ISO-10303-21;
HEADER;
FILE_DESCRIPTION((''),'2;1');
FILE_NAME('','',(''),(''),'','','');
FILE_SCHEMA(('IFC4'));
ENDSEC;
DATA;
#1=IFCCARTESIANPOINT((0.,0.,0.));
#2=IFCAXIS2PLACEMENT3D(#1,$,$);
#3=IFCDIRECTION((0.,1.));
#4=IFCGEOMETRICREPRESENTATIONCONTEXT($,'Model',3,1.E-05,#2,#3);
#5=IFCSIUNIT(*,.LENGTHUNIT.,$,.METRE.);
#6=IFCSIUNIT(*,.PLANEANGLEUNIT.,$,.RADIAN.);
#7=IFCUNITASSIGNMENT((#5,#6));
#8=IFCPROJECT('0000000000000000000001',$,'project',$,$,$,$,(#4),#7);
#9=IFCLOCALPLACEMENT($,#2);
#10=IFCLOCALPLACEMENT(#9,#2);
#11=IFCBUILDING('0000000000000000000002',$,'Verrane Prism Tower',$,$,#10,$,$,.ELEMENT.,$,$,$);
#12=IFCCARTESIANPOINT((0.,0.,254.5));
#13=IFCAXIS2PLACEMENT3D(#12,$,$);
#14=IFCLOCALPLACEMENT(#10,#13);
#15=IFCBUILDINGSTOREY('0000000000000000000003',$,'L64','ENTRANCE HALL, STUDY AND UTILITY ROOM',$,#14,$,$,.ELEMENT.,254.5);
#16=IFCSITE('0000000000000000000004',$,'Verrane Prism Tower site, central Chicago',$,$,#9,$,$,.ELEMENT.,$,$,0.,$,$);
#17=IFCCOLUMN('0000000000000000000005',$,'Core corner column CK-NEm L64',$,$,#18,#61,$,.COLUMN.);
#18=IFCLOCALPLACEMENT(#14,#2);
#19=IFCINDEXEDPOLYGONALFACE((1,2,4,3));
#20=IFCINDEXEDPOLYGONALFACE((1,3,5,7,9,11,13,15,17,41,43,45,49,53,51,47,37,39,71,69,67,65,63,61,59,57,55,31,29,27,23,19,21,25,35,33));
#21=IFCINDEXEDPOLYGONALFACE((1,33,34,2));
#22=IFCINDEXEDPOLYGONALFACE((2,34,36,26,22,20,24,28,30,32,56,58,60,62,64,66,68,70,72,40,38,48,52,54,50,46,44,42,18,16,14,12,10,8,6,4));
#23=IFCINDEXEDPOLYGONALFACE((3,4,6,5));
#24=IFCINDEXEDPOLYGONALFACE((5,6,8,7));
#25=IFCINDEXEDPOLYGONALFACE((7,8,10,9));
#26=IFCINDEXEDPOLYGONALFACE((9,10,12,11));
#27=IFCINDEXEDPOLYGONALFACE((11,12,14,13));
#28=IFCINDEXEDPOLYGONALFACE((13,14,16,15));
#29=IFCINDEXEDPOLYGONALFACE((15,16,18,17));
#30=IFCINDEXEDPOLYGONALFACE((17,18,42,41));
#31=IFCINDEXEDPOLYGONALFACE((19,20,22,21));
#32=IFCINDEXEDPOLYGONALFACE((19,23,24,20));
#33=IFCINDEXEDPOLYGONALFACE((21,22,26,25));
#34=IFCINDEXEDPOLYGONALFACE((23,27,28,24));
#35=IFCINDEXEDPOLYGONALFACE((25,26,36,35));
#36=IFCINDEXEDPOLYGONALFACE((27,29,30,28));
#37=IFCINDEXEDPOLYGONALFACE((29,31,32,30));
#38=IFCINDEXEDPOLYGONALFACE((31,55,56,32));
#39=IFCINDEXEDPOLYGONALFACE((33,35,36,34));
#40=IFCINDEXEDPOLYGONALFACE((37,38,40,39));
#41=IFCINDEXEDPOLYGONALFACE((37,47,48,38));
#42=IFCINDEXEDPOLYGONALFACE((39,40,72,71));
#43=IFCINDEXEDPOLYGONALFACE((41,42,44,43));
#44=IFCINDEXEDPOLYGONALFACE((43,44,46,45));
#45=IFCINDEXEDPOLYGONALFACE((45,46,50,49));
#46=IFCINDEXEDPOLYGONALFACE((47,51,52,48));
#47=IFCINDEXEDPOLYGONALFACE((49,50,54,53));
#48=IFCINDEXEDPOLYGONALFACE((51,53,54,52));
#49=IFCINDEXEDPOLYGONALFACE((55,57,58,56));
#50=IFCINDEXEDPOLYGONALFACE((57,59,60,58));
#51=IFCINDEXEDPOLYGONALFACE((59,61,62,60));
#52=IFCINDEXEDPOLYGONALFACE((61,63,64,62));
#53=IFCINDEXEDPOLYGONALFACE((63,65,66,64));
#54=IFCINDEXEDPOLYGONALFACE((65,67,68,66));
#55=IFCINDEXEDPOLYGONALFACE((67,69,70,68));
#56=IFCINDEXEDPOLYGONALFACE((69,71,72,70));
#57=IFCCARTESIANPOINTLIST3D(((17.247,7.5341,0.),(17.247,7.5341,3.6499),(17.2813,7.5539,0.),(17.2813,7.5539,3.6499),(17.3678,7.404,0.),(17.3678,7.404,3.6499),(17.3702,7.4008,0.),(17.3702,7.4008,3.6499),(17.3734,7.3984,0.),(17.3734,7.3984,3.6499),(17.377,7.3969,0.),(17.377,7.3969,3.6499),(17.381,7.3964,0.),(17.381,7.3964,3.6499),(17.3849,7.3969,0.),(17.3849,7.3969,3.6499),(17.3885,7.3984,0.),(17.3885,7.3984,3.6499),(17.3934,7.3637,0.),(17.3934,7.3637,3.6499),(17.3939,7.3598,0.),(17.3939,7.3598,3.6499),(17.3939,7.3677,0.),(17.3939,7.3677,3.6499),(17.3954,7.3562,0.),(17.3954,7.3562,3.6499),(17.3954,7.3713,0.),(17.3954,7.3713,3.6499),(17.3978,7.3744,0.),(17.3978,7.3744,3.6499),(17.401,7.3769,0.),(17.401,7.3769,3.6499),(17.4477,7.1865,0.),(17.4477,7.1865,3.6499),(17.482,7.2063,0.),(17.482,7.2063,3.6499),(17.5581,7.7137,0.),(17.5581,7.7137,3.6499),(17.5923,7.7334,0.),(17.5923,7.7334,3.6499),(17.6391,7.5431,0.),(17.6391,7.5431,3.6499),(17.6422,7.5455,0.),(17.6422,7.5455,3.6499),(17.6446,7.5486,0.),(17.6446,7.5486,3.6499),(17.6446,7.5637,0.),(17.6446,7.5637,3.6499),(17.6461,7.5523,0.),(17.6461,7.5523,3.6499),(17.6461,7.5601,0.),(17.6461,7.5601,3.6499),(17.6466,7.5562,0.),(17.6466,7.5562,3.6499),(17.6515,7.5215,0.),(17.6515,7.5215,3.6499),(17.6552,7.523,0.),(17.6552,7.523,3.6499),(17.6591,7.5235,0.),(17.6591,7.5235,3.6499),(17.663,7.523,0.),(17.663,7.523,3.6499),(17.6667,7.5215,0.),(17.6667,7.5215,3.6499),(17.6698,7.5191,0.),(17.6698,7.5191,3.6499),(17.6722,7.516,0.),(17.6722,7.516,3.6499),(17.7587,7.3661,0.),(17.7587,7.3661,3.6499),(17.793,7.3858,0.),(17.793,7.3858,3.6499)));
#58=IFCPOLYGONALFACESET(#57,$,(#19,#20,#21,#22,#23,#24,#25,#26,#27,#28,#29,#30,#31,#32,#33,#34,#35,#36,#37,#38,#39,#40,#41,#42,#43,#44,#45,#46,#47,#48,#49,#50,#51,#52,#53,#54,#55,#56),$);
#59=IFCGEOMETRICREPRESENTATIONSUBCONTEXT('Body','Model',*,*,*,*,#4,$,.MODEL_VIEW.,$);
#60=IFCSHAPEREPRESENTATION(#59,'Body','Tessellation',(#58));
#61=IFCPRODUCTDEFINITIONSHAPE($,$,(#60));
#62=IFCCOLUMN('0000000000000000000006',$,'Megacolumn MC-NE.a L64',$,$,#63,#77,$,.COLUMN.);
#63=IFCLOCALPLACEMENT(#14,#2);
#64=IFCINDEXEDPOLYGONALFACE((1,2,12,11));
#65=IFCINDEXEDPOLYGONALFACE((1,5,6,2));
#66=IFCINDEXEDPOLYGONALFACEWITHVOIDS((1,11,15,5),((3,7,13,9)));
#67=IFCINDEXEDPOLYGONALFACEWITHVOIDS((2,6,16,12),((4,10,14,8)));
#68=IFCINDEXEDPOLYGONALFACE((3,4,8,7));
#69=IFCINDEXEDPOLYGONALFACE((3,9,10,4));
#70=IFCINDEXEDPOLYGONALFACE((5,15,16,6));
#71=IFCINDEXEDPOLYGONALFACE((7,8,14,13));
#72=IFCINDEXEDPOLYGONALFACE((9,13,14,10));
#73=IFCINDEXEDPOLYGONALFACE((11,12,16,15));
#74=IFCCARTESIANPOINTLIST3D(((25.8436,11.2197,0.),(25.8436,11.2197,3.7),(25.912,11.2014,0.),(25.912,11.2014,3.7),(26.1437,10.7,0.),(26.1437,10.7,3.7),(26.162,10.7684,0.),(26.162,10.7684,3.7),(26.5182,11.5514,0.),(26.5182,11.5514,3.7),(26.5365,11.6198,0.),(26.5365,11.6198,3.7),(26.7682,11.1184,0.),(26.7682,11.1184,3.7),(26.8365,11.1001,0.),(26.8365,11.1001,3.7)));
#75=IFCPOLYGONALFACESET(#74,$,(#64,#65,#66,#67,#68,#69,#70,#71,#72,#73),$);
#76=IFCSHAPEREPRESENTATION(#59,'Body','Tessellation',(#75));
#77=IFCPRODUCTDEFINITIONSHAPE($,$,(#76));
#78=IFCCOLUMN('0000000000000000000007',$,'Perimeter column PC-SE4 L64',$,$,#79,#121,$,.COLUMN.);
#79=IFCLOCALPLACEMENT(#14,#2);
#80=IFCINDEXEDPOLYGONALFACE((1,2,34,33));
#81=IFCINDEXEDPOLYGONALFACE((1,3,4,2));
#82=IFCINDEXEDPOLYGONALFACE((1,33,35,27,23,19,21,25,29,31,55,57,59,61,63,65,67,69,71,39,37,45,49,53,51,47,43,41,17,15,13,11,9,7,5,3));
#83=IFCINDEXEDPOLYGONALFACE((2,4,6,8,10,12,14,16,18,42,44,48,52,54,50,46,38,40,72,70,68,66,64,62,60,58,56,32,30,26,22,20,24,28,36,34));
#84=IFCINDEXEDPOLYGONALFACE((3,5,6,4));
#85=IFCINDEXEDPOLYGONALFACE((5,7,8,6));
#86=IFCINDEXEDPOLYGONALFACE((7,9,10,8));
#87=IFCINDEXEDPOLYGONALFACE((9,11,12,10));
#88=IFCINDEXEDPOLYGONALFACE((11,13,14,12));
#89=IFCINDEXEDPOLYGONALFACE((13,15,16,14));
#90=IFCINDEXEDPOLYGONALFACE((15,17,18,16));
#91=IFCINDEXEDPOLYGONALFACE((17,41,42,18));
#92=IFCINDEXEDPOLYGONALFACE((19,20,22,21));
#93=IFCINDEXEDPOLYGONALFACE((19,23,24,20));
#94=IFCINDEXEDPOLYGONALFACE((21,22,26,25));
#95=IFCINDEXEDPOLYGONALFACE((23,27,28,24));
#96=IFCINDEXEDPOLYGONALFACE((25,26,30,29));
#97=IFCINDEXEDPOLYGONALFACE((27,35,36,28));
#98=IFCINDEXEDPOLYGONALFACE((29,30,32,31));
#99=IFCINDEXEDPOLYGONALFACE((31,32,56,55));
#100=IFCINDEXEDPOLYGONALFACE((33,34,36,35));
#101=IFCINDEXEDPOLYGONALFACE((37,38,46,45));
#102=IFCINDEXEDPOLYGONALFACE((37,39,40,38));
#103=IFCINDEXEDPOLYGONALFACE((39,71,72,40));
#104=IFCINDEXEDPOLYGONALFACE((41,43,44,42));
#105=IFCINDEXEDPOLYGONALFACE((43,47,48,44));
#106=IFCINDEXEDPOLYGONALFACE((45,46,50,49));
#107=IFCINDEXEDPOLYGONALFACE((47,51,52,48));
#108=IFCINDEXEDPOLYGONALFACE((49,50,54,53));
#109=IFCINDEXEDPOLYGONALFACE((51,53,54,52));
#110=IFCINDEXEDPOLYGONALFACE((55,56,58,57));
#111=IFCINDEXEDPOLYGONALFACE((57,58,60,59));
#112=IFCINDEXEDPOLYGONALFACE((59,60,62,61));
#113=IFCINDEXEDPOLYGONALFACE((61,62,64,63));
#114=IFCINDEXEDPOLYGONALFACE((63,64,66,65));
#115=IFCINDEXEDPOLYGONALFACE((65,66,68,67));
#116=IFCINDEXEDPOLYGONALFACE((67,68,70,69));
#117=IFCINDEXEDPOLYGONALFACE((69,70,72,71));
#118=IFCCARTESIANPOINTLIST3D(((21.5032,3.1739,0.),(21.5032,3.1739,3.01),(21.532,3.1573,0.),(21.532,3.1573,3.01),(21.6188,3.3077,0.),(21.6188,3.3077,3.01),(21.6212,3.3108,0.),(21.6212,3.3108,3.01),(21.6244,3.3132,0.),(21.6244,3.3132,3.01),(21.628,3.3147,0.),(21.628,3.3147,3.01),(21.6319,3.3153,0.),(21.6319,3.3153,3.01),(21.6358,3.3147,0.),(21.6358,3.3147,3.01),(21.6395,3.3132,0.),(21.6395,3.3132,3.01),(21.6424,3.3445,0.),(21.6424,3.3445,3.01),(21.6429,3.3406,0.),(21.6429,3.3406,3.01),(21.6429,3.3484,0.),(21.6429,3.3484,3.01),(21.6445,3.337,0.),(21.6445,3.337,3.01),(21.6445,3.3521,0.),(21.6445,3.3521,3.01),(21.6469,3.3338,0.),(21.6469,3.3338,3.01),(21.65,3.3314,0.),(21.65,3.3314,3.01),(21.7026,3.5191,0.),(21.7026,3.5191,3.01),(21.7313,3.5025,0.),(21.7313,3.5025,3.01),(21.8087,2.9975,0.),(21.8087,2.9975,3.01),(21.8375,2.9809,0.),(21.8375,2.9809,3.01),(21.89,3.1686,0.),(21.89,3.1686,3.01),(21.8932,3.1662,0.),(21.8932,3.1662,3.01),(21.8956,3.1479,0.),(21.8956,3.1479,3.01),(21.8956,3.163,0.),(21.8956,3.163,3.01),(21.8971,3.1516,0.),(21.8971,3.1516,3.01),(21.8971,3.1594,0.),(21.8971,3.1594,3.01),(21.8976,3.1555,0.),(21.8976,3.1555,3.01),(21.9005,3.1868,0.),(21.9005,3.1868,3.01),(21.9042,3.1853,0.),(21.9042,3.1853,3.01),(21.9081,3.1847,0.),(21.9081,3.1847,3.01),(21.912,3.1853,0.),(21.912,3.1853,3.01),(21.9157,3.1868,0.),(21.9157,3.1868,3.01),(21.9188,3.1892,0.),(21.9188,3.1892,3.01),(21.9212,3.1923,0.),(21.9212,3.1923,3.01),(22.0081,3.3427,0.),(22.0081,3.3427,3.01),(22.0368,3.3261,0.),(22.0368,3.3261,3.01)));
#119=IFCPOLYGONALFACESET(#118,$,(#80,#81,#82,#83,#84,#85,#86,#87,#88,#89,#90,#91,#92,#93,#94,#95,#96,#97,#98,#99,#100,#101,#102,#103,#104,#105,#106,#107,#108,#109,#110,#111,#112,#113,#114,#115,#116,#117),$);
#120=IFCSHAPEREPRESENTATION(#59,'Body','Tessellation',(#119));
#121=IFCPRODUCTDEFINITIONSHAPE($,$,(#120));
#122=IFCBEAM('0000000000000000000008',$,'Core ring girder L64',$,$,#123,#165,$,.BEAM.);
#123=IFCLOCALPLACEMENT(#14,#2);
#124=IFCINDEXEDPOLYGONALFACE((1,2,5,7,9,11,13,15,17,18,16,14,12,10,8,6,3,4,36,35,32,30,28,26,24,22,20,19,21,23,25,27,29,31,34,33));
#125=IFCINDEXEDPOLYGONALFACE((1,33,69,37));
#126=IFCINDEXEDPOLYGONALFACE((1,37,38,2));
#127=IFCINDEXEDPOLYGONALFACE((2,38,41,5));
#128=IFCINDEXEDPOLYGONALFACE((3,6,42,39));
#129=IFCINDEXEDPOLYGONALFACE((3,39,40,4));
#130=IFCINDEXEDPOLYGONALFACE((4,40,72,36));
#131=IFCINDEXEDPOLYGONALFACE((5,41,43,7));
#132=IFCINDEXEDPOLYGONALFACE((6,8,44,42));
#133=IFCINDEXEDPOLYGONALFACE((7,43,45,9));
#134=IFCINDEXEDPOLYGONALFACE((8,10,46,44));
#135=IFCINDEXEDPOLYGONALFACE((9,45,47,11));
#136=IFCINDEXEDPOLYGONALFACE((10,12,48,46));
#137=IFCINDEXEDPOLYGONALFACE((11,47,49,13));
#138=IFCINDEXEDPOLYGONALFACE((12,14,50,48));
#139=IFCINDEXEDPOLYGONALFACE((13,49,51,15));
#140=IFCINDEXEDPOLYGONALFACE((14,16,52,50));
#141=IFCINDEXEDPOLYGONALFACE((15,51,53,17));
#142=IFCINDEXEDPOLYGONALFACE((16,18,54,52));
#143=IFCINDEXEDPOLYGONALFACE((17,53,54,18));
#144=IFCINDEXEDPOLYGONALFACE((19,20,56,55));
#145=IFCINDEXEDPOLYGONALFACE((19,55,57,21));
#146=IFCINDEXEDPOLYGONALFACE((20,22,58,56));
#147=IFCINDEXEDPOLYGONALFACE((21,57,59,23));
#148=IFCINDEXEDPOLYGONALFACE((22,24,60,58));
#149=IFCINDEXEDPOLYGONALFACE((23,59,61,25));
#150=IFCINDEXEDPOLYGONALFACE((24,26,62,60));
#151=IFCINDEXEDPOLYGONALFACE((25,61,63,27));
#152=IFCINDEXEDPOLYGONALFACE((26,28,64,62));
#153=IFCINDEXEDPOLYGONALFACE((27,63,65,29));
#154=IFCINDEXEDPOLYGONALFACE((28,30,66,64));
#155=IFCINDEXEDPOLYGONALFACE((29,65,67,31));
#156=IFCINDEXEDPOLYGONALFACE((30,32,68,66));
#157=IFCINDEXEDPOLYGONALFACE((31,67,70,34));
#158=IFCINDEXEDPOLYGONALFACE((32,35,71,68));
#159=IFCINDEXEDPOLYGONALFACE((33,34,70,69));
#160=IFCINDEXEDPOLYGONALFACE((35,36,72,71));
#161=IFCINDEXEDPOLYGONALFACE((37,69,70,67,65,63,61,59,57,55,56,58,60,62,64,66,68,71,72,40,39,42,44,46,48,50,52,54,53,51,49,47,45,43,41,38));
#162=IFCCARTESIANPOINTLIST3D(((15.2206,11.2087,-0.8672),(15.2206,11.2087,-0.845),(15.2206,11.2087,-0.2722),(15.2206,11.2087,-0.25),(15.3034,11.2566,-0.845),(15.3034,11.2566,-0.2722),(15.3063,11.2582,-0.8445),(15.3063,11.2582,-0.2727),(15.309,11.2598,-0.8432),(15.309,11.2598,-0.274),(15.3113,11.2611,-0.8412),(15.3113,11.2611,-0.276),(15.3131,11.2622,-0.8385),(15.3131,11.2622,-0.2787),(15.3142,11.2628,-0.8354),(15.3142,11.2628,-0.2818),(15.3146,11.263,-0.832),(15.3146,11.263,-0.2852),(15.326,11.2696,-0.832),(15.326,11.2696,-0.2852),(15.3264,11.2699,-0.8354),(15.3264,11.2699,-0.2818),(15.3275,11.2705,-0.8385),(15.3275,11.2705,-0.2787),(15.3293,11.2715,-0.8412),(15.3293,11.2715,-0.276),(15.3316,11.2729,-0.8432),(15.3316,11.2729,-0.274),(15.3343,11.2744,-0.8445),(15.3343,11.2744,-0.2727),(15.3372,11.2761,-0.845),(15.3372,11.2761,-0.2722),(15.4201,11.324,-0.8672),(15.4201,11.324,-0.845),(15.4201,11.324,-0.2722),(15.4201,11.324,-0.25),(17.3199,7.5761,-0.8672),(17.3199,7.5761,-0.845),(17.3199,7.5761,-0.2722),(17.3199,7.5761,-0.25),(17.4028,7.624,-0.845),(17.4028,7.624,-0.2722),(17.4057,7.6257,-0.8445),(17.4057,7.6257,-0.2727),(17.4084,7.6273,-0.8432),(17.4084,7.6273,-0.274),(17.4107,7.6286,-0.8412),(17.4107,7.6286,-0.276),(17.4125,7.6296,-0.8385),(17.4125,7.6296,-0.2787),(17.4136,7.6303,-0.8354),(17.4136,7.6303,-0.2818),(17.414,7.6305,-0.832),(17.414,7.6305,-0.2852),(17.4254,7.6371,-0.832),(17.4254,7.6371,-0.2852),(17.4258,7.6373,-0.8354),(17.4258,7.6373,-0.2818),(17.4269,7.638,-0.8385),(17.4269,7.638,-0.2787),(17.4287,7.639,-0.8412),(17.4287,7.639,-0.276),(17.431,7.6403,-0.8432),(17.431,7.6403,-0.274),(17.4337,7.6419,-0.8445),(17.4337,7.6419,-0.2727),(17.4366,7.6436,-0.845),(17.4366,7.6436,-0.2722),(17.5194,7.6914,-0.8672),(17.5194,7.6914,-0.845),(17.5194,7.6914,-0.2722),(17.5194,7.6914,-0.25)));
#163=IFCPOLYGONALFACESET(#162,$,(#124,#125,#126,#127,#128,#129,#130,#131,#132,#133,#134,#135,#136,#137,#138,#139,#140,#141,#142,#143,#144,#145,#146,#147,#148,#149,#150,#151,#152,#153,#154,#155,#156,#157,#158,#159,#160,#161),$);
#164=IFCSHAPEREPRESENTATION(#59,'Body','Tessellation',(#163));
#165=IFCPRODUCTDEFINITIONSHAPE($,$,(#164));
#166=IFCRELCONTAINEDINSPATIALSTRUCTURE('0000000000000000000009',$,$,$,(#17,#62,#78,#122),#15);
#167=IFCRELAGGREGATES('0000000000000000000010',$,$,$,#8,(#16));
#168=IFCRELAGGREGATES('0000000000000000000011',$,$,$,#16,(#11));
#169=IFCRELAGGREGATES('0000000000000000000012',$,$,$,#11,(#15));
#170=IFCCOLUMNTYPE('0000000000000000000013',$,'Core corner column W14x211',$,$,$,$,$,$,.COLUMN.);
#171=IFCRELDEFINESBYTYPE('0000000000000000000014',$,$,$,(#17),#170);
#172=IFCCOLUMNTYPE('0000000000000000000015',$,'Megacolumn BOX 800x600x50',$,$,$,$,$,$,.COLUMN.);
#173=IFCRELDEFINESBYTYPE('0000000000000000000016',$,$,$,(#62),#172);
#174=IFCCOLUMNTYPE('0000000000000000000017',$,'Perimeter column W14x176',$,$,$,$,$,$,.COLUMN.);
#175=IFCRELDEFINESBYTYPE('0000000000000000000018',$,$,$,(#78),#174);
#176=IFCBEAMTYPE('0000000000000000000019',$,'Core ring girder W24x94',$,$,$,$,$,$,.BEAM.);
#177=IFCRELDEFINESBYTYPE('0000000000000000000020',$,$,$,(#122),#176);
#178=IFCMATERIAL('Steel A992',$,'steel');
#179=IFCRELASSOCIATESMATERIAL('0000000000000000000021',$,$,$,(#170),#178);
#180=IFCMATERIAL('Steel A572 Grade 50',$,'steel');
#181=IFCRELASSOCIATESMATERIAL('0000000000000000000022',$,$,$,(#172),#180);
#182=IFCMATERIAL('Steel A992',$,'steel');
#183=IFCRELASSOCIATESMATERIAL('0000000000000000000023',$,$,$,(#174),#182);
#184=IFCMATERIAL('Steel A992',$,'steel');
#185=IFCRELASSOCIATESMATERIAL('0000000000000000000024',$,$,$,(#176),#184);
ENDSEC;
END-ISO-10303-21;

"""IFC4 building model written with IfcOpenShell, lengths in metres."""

from ifc_helpers import new_model, si_unit, direction, frame, origin, origin_2d, place, context, subcontext, project, spatial, hollow_rectangle, i_section, extrude, material, material_profile, profile_set, type_object, element, save


model = new_model("IFC4")

# Units and contexts
model_context = context("Model", 3, precision=1e-05, world=origin(), true_north=direction((0.0, 1.0)))
body_context = subcontext(model_context, "Body", "Model", "MODEL_VIEW")
ifc_project = project(units=[si_unit("LENGTHUNIT", "METRE"), si_unit("PLANEANGLEUNIT", "RADIAN")], contexts=[model_context])

# Site, building, storey
site_placement = place(None, origin())
site = spatial("IfcSite", under=ifc_project, at=site_placement, Name="Verrane Prism Tower site, central Chicago", CompositionType="ELEMENT", RefElevation=0.0)
building_placement = place(site_placement, origin())
building = spatial("IfcBuilding", under=site, at=building_placement, Name="Verrane Prism Tower", CompositionType="ELEMENT")
storey_placement = place(building_placement, frame((0.0, 0.0, 254.5)))
storey = spatial("IfcBuildingStorey", under=building, at=storey_placement, Name="L64", Description="ENTRANCE HALL, STUDY AND UTILITY ROOM", CompositionType="ELEMENT", Elevation=254.5)

# Columns
ifc_material_1 = material(Name="Steel A992", Category="steel")
ifc_material_profile_1 = material_profile(ifc_material_1, i_section(OverallWidth=0.4014, OverallDepth=0.3987, WebThickness=0.0249, FlangeThickness=0.0396, FilletRadius=0.0151, at=origin_2d()), Name="W14x211")
ifc_profile_set_1 = profile_set([ifc_material_profile_1], Name="Steel A992")
column_type_1 = type_object("IfcColumnType", Name="Core corner column W14x211", PredefinedType="COLUMN", material=ifc_profile_set_1)
column_1_placement = place(storey_placement, frame((17.52, 7.46, 0.0), z_axis=(0.0, 0.0, 1.0), x_axis=(0.5, -0.866025, 0.0)))
element("IfcColumn", 1, at=column_1_placement, inside=storey, type_object=column_type_1, Name="Core corner column CK-NEm L64", PredefinedType="COLUMN", context=body_context, shape_type="SweptSolid", body=[
    extrude(i_section(OverallWidth=0.4014, OverallDepth=0.3987, WebThickness=0.0249, FlangeThickness=0.0396, FilletRadius=0.0151, at=origin_2d()), origin(), (0.0, 0.0, 1.0), 3.6499),
])
ifc_material_2 = material(Name="Steel A572 Grade 50", Category="steel")
ifc_material_profile_2 = material_profile(ifc_material_2, hollow_rectangle(XDim=0.6001, YDim=0.8, WallThickness=0.05, at=origin_2d()), Name="BOX 800x600x50")
ifc_profile_set_2 = profile_set([ifc_material_profile_2], Name="Steel A572 Grade 50")
column_type_2 = type_object("IfcColumnType", Name="Megacolumn BOX 800x600x50", PredefinedType="COLUMN", material=ifc_profile_set_2)
column_2_placement = place(storey_placement, frame((26.3401, 11.1599, 0.0), z_axis=(0.0, 0.0, 1.0), x_axis=(0.5, -0.866025, 0.0)))
element("IfcColumn", 2, at=column_2_placement, inside=storey, type_object=column_type_2, Name="Megacolumn MC-NE.a L64", PredefinedType="COLUMN", context=body_context, shape_type="SweptSolid", body=[
    extrude(hollow_rectangle(XDim=0.6001, YDim=0.8, WallThickness=0.05, at=origin_2d()), origin(), (0.0, 0.0, 1.0), 3.7),
])
ifc_material_3 = material(Name="Steel A992", Category="steel")
ifc_material_profile_3 = material_profile(ifc_material_3, i_section(OverallWidth=0.3987, OverallDepth=0.386, WebThickness=0.021, FlangeThickness=0.0332, FilletRadius=0.0151, at=origin_2d()), Name="W14x176")
ifc_profile_set_3 = profile_set([ifc_material_profile_3], Name="Steel A992")
column_type_3 = type_object("IfcColumnType", Name="Perimeter column W14x176", PredefinedType="COLUMN", material=ifc_profile_set_3)
column_3_placement = place(storey_placement, frame((21.77, 3.25, 0.0), z_axis=(0.0, 0.0, 1.0), x_axis=(-0.5, -0.866025, 0.0)))
element("IfcColumn", 3, at=column_3_placement, inside=storey, type_object=column_type_3, Name="Perimeter column PC-SE4 L64", PredefinedType="COLUMN", context=body_context, shape_type="SweptSolid", body=[
    extrude(i_section(OverallWidth=0.3987, OverallDepth=0.386, WebThickness=0.021, FlangeThickness=0.0332, FilletRadius=0.0151, at=origin_2d()), origin(), (0.0, 0.0, 1.0), 3.01),
])

# Beam
ifc_material_4 = material(Name="Steel A992", Category="steel")
ifc_material_profile_4 = material_profile(ifc_material_4, i_section(OverallWidth=0.2305, OverallDepth=0.6172, WebThickness=0.0132, FlangeThickness=0.0222, FilletRadius=0.0129, at=origin_2d()), Name="W24x94")
ifc_profile_set_4 = profile_set([ifc_material_profile_4], Name="Steel A992")
beam_type_1 = type_object("IfcBeamType", Name="Core ring girder W24x94", PredefinedType="BEAM", material=ifc_profile_set_4)
beam_1_placement = place(storey_placement, frame((17.4197, 7.6338, -0.5586), z_axis=(-0.500376, 0.865808, 0.0), x_axis=(-0.865808, -0.500376, 0.0)))
element("IfcBeam", 4, at=beam_1_placement, inside=storey, type_object=beam_type_1, Name="Core ring girder L64", PredefinedType="BEAM", context=body_context, shape_type="SweptSolid", body=[
    extrude(i_section(OverallWidth=0.2305, OverallDepth=0.6172, WebThickness=0.0132, FlangeThickness=0.0222, FilletRadius=0.0129, at=origin_2d()), origin(), (0.0, 0.0, 1.0), 4.1956),
])

save(model, "model.ifc")
